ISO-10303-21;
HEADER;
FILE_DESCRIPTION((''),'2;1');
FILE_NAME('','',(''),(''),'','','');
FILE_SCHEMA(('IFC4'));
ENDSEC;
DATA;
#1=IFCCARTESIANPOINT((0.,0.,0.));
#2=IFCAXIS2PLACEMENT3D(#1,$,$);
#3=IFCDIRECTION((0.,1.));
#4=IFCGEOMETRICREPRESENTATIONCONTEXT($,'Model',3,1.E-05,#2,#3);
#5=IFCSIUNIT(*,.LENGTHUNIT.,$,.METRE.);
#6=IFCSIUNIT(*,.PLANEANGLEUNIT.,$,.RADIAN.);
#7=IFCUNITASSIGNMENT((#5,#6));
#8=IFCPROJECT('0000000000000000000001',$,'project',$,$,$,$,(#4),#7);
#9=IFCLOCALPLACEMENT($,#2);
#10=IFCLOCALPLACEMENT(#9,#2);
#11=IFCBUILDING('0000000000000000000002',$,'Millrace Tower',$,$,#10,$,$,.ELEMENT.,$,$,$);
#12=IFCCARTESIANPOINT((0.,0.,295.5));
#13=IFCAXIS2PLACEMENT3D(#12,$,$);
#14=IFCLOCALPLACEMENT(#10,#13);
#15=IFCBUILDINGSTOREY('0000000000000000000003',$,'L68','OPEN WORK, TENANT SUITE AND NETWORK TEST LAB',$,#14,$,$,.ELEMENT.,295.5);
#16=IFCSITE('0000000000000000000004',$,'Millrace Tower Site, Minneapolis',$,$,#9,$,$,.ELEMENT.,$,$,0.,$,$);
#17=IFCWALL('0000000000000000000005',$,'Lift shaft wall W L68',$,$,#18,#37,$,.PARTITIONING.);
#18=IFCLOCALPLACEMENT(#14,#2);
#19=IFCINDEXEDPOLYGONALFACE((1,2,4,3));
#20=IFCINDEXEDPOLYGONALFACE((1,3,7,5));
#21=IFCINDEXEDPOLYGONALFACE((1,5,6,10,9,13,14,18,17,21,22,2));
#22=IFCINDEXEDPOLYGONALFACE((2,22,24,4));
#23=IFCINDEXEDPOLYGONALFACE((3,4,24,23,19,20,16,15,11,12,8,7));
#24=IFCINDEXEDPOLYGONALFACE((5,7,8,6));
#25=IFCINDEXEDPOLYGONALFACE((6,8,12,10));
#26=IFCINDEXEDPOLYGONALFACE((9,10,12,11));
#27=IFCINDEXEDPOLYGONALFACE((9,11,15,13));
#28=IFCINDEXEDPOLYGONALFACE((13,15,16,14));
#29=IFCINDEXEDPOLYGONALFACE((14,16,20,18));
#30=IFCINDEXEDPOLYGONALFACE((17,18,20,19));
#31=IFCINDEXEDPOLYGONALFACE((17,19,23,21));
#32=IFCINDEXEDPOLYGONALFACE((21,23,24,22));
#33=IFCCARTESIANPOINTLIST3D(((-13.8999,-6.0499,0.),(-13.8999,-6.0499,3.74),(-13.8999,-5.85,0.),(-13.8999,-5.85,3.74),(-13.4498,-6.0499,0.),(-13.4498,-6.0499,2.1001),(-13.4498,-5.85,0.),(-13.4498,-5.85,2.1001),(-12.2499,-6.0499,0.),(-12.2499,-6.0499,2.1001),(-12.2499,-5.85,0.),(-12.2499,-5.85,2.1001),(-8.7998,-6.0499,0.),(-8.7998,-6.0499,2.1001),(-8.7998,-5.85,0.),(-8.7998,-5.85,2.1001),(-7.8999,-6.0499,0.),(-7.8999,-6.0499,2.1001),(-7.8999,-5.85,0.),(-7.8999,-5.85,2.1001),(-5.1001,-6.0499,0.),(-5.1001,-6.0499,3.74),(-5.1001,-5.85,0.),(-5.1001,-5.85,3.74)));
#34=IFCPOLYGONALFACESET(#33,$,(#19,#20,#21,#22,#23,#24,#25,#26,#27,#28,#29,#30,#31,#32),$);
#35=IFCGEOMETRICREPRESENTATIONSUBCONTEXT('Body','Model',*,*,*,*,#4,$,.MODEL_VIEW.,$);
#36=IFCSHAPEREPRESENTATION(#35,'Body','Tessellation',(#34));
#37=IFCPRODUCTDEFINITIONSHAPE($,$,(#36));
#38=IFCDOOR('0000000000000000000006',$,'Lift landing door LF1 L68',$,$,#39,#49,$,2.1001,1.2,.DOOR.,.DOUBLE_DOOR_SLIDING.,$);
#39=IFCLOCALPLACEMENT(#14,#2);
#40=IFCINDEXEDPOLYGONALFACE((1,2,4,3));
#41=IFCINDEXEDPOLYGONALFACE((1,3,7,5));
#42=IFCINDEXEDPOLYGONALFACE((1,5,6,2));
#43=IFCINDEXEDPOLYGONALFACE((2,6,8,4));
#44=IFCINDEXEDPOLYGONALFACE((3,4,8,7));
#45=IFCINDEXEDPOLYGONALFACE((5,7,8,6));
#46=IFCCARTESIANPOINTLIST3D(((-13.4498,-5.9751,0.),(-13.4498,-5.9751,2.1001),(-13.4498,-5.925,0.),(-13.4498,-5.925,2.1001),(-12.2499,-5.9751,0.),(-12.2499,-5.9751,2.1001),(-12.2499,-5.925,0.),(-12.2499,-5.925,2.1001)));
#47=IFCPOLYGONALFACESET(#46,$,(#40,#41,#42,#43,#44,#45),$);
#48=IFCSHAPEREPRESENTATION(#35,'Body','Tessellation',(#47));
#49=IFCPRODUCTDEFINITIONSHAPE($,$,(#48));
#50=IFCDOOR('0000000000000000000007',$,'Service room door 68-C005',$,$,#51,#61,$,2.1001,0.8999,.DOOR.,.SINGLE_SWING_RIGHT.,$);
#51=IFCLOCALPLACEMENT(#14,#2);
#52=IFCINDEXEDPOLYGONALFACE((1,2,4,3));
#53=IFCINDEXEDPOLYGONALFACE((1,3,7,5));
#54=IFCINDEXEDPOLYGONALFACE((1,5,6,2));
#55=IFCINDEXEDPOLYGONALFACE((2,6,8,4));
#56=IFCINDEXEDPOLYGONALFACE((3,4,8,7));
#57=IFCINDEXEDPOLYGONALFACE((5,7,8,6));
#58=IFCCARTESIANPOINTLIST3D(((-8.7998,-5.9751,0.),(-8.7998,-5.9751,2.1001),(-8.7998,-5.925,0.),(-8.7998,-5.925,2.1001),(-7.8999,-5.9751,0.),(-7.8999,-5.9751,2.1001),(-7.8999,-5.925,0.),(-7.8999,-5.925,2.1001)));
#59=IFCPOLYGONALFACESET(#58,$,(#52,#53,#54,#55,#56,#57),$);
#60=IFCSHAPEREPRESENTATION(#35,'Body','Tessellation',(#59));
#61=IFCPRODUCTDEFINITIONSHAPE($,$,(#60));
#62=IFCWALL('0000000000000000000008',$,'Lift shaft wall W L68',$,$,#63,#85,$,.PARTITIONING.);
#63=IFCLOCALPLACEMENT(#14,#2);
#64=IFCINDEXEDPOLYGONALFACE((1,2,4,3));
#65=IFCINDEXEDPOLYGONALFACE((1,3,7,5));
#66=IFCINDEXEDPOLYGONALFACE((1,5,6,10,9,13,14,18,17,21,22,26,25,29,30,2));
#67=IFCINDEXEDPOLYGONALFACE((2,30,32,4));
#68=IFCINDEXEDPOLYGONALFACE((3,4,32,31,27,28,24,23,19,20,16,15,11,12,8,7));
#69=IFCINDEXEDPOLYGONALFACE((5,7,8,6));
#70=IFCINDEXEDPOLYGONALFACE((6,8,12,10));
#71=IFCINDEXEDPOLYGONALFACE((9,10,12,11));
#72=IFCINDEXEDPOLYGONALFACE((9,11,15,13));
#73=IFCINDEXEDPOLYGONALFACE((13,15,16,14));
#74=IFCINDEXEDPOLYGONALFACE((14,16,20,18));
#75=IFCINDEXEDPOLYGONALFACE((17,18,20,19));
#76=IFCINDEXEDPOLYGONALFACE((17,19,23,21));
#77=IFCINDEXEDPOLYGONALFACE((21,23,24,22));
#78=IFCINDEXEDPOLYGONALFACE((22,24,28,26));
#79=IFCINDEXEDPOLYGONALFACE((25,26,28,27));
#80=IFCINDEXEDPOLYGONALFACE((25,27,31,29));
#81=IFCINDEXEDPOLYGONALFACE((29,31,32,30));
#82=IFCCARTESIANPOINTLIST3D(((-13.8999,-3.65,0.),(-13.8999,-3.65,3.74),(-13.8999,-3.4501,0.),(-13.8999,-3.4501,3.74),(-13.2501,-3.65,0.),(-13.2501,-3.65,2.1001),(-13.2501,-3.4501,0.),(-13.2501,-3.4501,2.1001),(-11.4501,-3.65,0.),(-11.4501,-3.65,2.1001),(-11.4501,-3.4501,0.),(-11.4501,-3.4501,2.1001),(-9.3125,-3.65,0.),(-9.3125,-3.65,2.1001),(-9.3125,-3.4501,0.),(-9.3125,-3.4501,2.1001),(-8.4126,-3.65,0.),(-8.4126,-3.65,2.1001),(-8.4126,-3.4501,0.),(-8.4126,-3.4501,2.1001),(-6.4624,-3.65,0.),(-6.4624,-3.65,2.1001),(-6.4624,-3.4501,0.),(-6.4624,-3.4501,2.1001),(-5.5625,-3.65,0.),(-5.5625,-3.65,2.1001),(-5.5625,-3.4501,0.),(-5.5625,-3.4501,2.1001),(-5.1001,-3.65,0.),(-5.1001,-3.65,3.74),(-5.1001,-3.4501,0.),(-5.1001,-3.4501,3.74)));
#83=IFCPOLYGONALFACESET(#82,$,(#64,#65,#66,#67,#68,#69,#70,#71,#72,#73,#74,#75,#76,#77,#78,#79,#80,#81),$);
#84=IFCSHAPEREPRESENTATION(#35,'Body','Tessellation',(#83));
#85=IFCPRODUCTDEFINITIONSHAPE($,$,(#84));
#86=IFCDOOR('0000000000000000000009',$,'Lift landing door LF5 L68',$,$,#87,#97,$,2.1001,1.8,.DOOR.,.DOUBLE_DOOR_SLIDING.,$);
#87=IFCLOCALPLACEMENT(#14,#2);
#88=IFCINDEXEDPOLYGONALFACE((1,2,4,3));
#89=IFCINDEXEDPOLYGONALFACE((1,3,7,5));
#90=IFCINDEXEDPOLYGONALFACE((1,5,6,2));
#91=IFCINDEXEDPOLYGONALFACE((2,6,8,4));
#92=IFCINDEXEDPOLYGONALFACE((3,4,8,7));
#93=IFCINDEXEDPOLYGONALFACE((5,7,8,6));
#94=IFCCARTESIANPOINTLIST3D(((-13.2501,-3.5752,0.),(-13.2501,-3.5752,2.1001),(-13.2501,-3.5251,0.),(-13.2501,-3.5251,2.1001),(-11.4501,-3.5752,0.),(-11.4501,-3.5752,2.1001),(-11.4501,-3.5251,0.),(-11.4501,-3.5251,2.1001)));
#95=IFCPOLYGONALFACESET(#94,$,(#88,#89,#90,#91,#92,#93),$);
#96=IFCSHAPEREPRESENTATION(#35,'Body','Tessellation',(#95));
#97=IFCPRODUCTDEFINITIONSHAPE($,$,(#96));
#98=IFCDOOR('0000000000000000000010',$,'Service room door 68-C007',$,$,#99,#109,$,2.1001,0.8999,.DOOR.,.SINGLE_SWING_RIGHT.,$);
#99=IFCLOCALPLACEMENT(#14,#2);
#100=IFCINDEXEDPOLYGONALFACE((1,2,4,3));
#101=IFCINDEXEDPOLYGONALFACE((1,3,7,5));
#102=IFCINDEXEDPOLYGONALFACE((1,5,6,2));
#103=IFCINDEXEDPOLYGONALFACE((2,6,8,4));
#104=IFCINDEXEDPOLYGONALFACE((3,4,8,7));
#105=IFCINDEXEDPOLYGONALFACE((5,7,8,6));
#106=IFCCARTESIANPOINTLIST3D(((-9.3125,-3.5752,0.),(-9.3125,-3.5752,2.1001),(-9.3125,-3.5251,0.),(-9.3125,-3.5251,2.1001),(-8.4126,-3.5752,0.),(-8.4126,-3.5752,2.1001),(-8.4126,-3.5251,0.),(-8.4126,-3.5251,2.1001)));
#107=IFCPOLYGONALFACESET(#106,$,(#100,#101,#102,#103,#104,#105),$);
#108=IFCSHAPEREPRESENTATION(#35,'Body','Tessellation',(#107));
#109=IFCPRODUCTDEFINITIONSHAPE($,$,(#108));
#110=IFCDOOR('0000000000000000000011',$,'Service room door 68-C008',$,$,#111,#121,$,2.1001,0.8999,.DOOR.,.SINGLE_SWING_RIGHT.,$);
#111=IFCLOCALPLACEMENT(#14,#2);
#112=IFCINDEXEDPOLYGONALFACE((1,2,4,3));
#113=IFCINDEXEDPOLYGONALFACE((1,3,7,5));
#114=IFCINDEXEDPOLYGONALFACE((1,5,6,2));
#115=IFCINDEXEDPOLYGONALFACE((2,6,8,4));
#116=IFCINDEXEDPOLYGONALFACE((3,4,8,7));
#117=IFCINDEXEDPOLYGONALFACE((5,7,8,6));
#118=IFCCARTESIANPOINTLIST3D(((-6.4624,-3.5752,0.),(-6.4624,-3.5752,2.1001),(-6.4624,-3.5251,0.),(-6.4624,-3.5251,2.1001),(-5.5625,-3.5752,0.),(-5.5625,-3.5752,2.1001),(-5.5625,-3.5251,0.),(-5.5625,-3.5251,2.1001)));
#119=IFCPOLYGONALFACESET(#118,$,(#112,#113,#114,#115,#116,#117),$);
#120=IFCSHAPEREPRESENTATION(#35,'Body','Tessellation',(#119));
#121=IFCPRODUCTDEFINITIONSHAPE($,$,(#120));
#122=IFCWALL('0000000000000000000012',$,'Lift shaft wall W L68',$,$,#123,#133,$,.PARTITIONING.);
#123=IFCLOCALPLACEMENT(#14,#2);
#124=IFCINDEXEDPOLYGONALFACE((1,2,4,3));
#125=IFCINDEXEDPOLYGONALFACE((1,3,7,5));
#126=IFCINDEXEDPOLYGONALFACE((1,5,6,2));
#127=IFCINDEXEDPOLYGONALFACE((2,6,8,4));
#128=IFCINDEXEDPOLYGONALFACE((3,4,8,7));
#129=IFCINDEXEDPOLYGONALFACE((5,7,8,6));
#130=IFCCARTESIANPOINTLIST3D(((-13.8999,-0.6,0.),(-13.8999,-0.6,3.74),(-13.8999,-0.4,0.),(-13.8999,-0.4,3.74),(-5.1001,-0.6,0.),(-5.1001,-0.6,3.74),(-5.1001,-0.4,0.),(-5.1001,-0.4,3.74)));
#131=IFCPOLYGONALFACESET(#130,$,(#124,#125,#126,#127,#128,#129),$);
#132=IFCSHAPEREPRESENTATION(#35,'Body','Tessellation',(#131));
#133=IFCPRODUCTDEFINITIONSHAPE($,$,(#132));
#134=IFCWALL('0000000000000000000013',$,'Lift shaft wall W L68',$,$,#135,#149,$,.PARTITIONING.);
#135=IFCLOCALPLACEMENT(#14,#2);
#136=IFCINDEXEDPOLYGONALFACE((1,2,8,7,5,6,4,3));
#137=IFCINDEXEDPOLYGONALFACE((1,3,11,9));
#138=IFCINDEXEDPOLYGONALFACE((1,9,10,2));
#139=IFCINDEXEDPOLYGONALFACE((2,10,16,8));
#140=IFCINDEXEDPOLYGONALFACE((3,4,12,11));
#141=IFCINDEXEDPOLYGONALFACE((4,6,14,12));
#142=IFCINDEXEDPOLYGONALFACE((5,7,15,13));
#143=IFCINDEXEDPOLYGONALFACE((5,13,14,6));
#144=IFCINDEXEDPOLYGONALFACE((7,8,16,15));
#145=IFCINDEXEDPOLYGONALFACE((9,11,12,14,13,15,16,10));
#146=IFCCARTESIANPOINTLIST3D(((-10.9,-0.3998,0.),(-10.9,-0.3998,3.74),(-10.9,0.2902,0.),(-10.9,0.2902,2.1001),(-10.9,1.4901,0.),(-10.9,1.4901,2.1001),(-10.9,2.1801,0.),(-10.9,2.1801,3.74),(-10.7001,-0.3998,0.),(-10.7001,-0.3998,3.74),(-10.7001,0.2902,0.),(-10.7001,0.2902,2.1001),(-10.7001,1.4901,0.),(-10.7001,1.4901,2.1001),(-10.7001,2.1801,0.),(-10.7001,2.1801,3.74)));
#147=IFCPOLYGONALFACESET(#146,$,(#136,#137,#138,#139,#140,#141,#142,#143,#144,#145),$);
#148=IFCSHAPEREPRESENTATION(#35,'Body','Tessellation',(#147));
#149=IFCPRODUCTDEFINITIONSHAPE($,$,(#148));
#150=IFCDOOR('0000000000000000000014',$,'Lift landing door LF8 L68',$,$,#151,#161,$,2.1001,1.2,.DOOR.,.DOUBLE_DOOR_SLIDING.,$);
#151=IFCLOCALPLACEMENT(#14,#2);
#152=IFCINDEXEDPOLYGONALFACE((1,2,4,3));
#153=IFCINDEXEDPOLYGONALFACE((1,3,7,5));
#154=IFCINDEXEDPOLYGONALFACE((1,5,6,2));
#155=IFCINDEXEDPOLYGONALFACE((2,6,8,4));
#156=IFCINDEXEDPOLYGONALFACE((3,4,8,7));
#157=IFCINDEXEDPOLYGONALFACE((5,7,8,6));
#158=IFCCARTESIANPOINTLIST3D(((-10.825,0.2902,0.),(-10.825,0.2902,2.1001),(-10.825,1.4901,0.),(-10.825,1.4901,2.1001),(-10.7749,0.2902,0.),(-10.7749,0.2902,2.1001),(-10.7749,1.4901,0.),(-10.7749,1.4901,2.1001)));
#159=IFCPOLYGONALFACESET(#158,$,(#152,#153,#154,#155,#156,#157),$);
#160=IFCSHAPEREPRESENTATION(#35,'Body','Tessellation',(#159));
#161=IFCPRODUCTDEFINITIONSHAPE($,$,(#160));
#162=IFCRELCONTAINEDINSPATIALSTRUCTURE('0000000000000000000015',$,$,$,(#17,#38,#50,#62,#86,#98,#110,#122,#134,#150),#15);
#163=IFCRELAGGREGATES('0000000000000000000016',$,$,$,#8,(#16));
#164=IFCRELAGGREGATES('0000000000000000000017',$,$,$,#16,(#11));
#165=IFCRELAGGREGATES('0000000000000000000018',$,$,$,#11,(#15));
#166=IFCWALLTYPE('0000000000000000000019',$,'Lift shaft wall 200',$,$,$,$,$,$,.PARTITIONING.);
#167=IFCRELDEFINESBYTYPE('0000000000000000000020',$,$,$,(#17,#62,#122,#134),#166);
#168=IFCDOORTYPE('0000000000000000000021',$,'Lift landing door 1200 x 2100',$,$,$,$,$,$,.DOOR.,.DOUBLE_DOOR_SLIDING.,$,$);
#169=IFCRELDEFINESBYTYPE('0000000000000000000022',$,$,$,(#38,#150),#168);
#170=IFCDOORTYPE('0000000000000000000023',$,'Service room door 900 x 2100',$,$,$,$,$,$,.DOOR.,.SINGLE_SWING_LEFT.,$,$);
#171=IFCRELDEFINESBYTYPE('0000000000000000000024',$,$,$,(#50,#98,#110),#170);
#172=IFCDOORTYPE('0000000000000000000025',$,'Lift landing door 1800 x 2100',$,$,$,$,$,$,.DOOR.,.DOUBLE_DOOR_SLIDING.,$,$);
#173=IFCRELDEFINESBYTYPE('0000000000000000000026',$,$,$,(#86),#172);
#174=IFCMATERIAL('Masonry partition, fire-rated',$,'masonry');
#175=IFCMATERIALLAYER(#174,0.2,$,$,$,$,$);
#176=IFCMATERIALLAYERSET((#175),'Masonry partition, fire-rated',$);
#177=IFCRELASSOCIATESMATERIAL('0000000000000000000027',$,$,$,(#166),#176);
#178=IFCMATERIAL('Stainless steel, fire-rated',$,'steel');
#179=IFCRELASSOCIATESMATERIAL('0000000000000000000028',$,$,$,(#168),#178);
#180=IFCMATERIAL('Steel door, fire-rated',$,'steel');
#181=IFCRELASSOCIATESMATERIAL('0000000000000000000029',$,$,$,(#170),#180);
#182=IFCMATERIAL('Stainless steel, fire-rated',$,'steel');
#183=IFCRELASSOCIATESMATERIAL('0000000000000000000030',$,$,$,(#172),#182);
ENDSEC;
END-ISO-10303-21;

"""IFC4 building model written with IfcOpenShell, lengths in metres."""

from ifc_helpers import new_model, si_unit, direction, frame, frame_2d, origin, place, context, subcontext, project, spatial, rectangle, extrude, material, layer, layer_set, type_object, element, fill, save


model = new_model("IFC4")

# Units and contexts
model_context = context("Model", 3, precision=1e-05, world=origin(), true_north=direction((0.0, 1.0)))
body_context = subcontext(model_context, "Body", "Model", "MODEL_VIEW")
ifc_project = project(units=[si_unit("LENGTHUNIT", "METRE"), si_unit("PLANEANGLEUNIT", "RADIAN")], contexts=[model_context])

# Site, building, storey
site_placement = place(None, origin())
site = spatial("IfcSite", under=ifc_project, at=site_placement, Name="Millrace Tower Site, Minneapolis", CompositionType="ELEMENT", RefElevation=0.0)
building_placement = place(site_placement, origin())
building = spatial("IfcBuilding", under=site, at=building_placement, Name="Millrace Tower", CompositionType="ELEMENT")
storey_placement = place(building_placement, frame((0.0, 0.0, 295.5)))
storey = spatial("IfcBuildingStorey", under=building, at=storey_placement, Name="L68", Description="OPEN WORK, TENANT SUITE AND NETWORK TEST LAB", CompositionType="ELEMENT", Elevation=295.5)

# Walls, openings, doors
ifc_material_1 = material(Name="Masonry partition, fire-rated", Category="masonry")
ifc_layer_1 = layer(ifc_material_1, 0.2)
ifc_layer_set_1 = layer_set([ifc_layer_1], Name="Masonry partition, fire-rated")
wall_type_1 = type_object("IfcWallType", Name="Lift shaft wall 200", PredefinedType="PARTITIONING", material=ifc_layer_set_1)
wall_1_placement = place(storey_placement, frame((-13.8999, -5.95, 0.0), z_axis=(0.0, 0.0, 1.0), x_axis=(1.0, 0.0, 0.0)))
wall_1 = element("IfcWall", 1, at=wall_1_placement, inside=storey, type_object=wall_type_1, Name="Lift shaft wall W L68", PredefinedType="PARTITIONING", context=body_context, shape_type="SweptSolid", body=[
    extrude(rectangle(XDim=8.7998, YDim=0.2, at=frame_2d((4.3999, 0.0))), origin(), (0.0, 0.0, 1.0), 3.74),
])
opening_1_placement = place(wall_1_placement, frame((0.45, 0.0, 0.0)))
opening_1 = element("IfcOpeningElement", 2, at=opening_1_placement, cuts=wall_1, PredefinedType="OPENING", context=body_context, shape_type="SweptSolid", body=[
    extrude(rectangle(XDim=1.2, YDim=2.1001, at=frame_2d((0.6001, 1.05))), frame((0.0, 0.1099, 0.0), z_axis=(0.0, -1.0, 0.0), x_axis=(1.0, 0.0, 0.0)), (0.0, 0.0, 1.0), 0.22),
])
opening_2_placement = place(wall_1_placement, frame((5.1001, 0.0, 0.0)))
opening_2 = element("IfcOpeningElement", 3, at=opening_2_placement, cuts=wall_1, PredefinedType="OPENING", context=body_context, shape_type="SweptSolid", body=[
    extrude(rectangle(XDim=0.8999, YDim=2.1001, at=frame_2d((0.45, 1.05))), frame((0.0, 0.1099, 0.0), z_axis=(0.0, -1.0, 0.0), x_axis=(1.0, 0.0, 0.0)), (0.0, 0.0, 1.0), 0.22),
])
ifc_material_2 = material(Name="Stainless steel, fire-rated", Category="steel")
door_type_1 = type_object("IfcDoorType", Name="Lift landing door 1200 x 2100", OperationType="DOUBLE_DOOR_SLIDING", PredefinedType="DOOR", material=ifc_material_2)
door_1_placement = place(opening_1_placement, origin())
door_1 = element("IfcDoor", 4, at=door_1_placement, inside=storey, type_object=door_type_1, Name="Lift landing door LF1 L68", OperationType="DOUBLE_DOOR_SLIDING", OverallHeight=2.1001, OverallWidth=1.2, PredefinedType="DOOR", context=body_context, shape_type="SweptSolid", body=[
    extrude(rectangle(XDim=1.2, YDim=2.1001, at=frame_2d((0.6001, 1.05))), frame((0.0, 0.0249, 0.0), z_axis=(0.0, -1.0, 0.0), x_axis=(1.0, 0.0, 0.0)), (0.0, 0.0, 1.0), 0.05),
])
fill(opening_1, door_1)
ifc_material_3 = material(Name="Steel door, fire-rated", Category="steel")
door_type_2 = type_object("IfcDoorType", Name="Service room door 900 x 2100", OperationType="SINGLE_SWING_LEFT", PredefinedType="DOOR", material=ifc_material_3)
door_2_placement = place(opening_2_placement, origin())
door_2 = element("IfcDoor", 5, at=door_2_placement, inside=storey, type_object=door_type_2, Name="Service room door 68-C005", OperationType="SINGLE_SWING_RIGHT", OverallHeight=2.1001, OverallWidth=0.8999, PredefinedType="DOOR", context=body_context, shape_type="SweptSolid", body=[
    extrude(rectangle(XDim=0.8999, YDim=2.1001, at=frame_2d((0.45, 1.05))), frame((0.0, 0.0249, 0.0), z_axis=(0.0, -1.0, 0.0), x_axis=(1.0, 0.0, 0.0)), (0.0, 0.0, 1.0), 0.05),
])
fill(opening_2, door_2)
wall_2_placement = place(storey_placement, frame((-13.8999, -3.55, 0.0), z_axis=(0.0, 0.0, 1.0), x_axis=(1.0, 0.0, 0.0)))
wall_2 = element("IfcWall", 6, at=wall_2_placement, inside=storey, type_object=wall_type_1, Name="Lift shaft wall W L68", PredefinedType="PARTITIONING", context=body_context, shape_type="SweptSolid", body=[
    extrude(rectangle(XDim=8.7998, YDim=0.2, at=frame_2d((4.3999, 0.0))), origin(), (0.0, 0.0, 1.0), 3.74),
])
opening_3_placement = place(wall_2_placement, frame((0.6499, 0.0, 0.0)))
opening_3 = element("IfcOpeningElement", 7, at=opening_3_placement, cuts=wall_2, PredefinedType="OPENING", context=body_context, shape_type="SweptSolid", body=[
    extrude(rectangle(XDim=1.8, YDim=2.1001, at=frame_2d((0.8999, 1.05))), frame((0.0, 0.1099, 0.0), z_axis=(0.0, -1.0, 0.0), x_axis=(1.0, 0.0, 0.0)), (0.0, 0.0, 1.0), 0.22),
])
opening_4_placement = place(wall_2_placement, frame((4.5874, 0.0, 0.0)))
opening_4 = element("IfcOpeningElement", 8, at=opening_4_placement, cuts=wall_2, PredefinedType="OPENING", context=body_context, shape_type="SweptSolid", body=[
    extrude(rectangle(XDim=0.8999, YDim=2.1001, at=frame_2d((0.45, 1.05))), frame((0.0, 0.1099, 0.0), z_axis=(0.0, -1.0, 0.0), x_axis=(1.0, 0.0, 0.0)), (0.0, 0.0, 1.0), 0.22),
])
opening_5_placement = place(wall_2_placement, frame((7.4375, 0.0, 0.0)))
opening_5 = element("IfcOpeningElement", 9, at=opening_5_placement, cuts=wall_2, PredefinedType="OPENING", context=body_context, shape_type="SweptSolid", body=[
    extrude(rectangle(XDim=0.8999, YDim=2.1001, at=frame_2d((0.45, 1.05))), frame((0.0, 0.1099, 0.0), z_axis=(0.0, -1.0, 0.0), x_axis=(1.0, 0.0, 0.0)), (0.0, 0.0, 1.0), 0.22),
])
ifc_material_4 = material(Name="Stainless steel, fire-rated", Category="steel")
door_type_3 = type_object("IfcDoorType", Name="Lift landing door 1800 x 2100", OperationType="DOUBLE_DOOR_SLIDING", PredefinedType="DOOR", material=ifc_material_4)
door_3_placement = place(opening_3_placement, origin())
door_3 = element("IfcDoor", 10, at=door_3_placement, inside=storey, type_object=door_type_3, Name="Lift landing door LF5 L68", OperationType="DOUBLE_DOOR_SLIDING", OverallHeight=2.1001, OverallWidth=1.8, PredefinedType="DOOR", context=body_context, shape_type="SweptSolid", body=[
    extrude(rectangle(XDim=1.8, YDim=2.1001, at=frame_2d((0.8999, 1.05))), frame((0.0, 0.0249, 0.0), z_axis=(0.0, -1.0, 0.0), x_axis=(1.0, 0.0, 0.0)), (0.0, 0.0, 1.0), 0.05),
])
fill(opening_3, door_3)
door_4_placement = place(opening_4_placement, origin())
door_4 = element("IfcDoor", 11, at=door_4_placement, inside=storey, type_object=door_type_2, Name="Service room door 68-C007", OperationType="SINGLE_SWING_RIGHT", OverallHeight=2.1001, OverallWidth=0.8999, PredefinedType="DOOR", context=body_context, shape_type="SweptSolid", body=[
    extrude(rectangle(XDim=0.8999, YDim=2.1001, at=frame_2d((0.45, 1.05))), frame((0.0, 0.0249, 0.0), z_axis=(0.0, -1.0, 0.0), x_axis=(1.0, 0.0, 0.0)), (0.0, 0.0, 1.0), 0.05),
])
fill(opening_4, door_4)
door_5_placement = place(opening_5_placement, origin())
door_5 = element("IfcDoor", 12, at=door_5_placement, inside=storey, type_object=door_type_2, Name="Service room door 68-C008", OperationType="SINGLE_SWING_RIGHT", OverallHeight=2.1001, OverallWidth=0.8999, PredefinedType="DOOR", context=body_context, shape_type="SweptSolid", body=[
    extrude(rectangle(XDim=0.8999, YDim=2.1001, at=frame_2d((0.45, 1.05))), frame((0.0, 0.0249, 0.0), z_axis=(0.0, -1.0, 0.0), x_axis=(1.0, 0.0, 0.0)), (0.0, 0.0, 1.0), 0.05),
])
fill(opening_5, door_5)

# Wall
wall_3_placement = place(storey_placement, frame((-13.8999, -0.5, 0.0), z_axis=(0.0, 0.0, 1.0), x_axis=(1.0, 0.0, 0.0)))
element("IfcWall", 13, at=wall_3_placement, inside=storey, type_object=wall_type_1, Name="Lift shaft wall W L68", PredefinedType="PARTITIONING", context=body_context, shape_type="SweptSolid", body=[
    extrude(rectangle(XDim=8.7998, YDim=0.2, at=frame_2d((4.3999, 0.0))), origin(), (0.0, 0.0, 1.0), 3.74),
])

# Wall, opening, door
wall_4_placement = place(storey_placement, frame((-10.8, -0.3999, 0.0), z_axis=(0.0, 0.0, 1.0), x_axis=(0.0, 1.0, 0.0)))
wall_4 = element("IfcWall", 14, at=wall_4_placement, inside=storey, type_object=wall_type_1, Name="Lift shaft wall W L68", PredefinedType="PARTITIONING", context=body_context, shape_type="SweptSolid", body=[
    extrude(rectangle(XDim=2.5798, YDim=0.2, at=frame_2d((1.29, 0.0))), origin(), (0.0, 0.0, 1.0), 3.74),
])
opening_6_placement = place(wall_4_placement, frame((0.6899, 0.0, 0.0)))
opening_6 = element("IfcOpeningElement", 15, at=opening_6_placement, cuts=wall_4, PredefinedType="OPENING", context=body_context, shape_type="SweptSolid", body=[
    extrude(rectangle(XDim=1.2, YDim=2.1001, at=frame_2d((0.6001, 1.05))), frame((0.0, 0.1099, 0.0), z_axis=(0.0, -1.0, 0.0), x_axis=(1.0, 0.0, 0.0)), (0.0, 0.0, 1.0), 0.22),
])
door_6_placement = place(opening_6_placement, origin())
door_6 = element("IfcDoor", 16, at=door_6_placement, inside=storey, type_object=door_type_1, Name="Lift landing door LF8 L68", OperationType="DOUBLE_DOOR_SLIDING", OverallHeight=2.1001, OverallWidth=1.2, PredefinedType="DOOR", context=body_context, shape_type="SweptSolid", body=[
    extrude(rectangle(XDim=1.2, YDim=2.1001, at=frame_2d((0.6001, 1.05))), frame((0.0, 0.0249, 0.0), z_axis=(0.0, -1.0, 0.0), x_axis=(1.0, 0.0, 0.0)), (0.0, 0.0, 1.0), 0.05),
])
fill(opening_6, door_6)

save(model, "model.ifc")
